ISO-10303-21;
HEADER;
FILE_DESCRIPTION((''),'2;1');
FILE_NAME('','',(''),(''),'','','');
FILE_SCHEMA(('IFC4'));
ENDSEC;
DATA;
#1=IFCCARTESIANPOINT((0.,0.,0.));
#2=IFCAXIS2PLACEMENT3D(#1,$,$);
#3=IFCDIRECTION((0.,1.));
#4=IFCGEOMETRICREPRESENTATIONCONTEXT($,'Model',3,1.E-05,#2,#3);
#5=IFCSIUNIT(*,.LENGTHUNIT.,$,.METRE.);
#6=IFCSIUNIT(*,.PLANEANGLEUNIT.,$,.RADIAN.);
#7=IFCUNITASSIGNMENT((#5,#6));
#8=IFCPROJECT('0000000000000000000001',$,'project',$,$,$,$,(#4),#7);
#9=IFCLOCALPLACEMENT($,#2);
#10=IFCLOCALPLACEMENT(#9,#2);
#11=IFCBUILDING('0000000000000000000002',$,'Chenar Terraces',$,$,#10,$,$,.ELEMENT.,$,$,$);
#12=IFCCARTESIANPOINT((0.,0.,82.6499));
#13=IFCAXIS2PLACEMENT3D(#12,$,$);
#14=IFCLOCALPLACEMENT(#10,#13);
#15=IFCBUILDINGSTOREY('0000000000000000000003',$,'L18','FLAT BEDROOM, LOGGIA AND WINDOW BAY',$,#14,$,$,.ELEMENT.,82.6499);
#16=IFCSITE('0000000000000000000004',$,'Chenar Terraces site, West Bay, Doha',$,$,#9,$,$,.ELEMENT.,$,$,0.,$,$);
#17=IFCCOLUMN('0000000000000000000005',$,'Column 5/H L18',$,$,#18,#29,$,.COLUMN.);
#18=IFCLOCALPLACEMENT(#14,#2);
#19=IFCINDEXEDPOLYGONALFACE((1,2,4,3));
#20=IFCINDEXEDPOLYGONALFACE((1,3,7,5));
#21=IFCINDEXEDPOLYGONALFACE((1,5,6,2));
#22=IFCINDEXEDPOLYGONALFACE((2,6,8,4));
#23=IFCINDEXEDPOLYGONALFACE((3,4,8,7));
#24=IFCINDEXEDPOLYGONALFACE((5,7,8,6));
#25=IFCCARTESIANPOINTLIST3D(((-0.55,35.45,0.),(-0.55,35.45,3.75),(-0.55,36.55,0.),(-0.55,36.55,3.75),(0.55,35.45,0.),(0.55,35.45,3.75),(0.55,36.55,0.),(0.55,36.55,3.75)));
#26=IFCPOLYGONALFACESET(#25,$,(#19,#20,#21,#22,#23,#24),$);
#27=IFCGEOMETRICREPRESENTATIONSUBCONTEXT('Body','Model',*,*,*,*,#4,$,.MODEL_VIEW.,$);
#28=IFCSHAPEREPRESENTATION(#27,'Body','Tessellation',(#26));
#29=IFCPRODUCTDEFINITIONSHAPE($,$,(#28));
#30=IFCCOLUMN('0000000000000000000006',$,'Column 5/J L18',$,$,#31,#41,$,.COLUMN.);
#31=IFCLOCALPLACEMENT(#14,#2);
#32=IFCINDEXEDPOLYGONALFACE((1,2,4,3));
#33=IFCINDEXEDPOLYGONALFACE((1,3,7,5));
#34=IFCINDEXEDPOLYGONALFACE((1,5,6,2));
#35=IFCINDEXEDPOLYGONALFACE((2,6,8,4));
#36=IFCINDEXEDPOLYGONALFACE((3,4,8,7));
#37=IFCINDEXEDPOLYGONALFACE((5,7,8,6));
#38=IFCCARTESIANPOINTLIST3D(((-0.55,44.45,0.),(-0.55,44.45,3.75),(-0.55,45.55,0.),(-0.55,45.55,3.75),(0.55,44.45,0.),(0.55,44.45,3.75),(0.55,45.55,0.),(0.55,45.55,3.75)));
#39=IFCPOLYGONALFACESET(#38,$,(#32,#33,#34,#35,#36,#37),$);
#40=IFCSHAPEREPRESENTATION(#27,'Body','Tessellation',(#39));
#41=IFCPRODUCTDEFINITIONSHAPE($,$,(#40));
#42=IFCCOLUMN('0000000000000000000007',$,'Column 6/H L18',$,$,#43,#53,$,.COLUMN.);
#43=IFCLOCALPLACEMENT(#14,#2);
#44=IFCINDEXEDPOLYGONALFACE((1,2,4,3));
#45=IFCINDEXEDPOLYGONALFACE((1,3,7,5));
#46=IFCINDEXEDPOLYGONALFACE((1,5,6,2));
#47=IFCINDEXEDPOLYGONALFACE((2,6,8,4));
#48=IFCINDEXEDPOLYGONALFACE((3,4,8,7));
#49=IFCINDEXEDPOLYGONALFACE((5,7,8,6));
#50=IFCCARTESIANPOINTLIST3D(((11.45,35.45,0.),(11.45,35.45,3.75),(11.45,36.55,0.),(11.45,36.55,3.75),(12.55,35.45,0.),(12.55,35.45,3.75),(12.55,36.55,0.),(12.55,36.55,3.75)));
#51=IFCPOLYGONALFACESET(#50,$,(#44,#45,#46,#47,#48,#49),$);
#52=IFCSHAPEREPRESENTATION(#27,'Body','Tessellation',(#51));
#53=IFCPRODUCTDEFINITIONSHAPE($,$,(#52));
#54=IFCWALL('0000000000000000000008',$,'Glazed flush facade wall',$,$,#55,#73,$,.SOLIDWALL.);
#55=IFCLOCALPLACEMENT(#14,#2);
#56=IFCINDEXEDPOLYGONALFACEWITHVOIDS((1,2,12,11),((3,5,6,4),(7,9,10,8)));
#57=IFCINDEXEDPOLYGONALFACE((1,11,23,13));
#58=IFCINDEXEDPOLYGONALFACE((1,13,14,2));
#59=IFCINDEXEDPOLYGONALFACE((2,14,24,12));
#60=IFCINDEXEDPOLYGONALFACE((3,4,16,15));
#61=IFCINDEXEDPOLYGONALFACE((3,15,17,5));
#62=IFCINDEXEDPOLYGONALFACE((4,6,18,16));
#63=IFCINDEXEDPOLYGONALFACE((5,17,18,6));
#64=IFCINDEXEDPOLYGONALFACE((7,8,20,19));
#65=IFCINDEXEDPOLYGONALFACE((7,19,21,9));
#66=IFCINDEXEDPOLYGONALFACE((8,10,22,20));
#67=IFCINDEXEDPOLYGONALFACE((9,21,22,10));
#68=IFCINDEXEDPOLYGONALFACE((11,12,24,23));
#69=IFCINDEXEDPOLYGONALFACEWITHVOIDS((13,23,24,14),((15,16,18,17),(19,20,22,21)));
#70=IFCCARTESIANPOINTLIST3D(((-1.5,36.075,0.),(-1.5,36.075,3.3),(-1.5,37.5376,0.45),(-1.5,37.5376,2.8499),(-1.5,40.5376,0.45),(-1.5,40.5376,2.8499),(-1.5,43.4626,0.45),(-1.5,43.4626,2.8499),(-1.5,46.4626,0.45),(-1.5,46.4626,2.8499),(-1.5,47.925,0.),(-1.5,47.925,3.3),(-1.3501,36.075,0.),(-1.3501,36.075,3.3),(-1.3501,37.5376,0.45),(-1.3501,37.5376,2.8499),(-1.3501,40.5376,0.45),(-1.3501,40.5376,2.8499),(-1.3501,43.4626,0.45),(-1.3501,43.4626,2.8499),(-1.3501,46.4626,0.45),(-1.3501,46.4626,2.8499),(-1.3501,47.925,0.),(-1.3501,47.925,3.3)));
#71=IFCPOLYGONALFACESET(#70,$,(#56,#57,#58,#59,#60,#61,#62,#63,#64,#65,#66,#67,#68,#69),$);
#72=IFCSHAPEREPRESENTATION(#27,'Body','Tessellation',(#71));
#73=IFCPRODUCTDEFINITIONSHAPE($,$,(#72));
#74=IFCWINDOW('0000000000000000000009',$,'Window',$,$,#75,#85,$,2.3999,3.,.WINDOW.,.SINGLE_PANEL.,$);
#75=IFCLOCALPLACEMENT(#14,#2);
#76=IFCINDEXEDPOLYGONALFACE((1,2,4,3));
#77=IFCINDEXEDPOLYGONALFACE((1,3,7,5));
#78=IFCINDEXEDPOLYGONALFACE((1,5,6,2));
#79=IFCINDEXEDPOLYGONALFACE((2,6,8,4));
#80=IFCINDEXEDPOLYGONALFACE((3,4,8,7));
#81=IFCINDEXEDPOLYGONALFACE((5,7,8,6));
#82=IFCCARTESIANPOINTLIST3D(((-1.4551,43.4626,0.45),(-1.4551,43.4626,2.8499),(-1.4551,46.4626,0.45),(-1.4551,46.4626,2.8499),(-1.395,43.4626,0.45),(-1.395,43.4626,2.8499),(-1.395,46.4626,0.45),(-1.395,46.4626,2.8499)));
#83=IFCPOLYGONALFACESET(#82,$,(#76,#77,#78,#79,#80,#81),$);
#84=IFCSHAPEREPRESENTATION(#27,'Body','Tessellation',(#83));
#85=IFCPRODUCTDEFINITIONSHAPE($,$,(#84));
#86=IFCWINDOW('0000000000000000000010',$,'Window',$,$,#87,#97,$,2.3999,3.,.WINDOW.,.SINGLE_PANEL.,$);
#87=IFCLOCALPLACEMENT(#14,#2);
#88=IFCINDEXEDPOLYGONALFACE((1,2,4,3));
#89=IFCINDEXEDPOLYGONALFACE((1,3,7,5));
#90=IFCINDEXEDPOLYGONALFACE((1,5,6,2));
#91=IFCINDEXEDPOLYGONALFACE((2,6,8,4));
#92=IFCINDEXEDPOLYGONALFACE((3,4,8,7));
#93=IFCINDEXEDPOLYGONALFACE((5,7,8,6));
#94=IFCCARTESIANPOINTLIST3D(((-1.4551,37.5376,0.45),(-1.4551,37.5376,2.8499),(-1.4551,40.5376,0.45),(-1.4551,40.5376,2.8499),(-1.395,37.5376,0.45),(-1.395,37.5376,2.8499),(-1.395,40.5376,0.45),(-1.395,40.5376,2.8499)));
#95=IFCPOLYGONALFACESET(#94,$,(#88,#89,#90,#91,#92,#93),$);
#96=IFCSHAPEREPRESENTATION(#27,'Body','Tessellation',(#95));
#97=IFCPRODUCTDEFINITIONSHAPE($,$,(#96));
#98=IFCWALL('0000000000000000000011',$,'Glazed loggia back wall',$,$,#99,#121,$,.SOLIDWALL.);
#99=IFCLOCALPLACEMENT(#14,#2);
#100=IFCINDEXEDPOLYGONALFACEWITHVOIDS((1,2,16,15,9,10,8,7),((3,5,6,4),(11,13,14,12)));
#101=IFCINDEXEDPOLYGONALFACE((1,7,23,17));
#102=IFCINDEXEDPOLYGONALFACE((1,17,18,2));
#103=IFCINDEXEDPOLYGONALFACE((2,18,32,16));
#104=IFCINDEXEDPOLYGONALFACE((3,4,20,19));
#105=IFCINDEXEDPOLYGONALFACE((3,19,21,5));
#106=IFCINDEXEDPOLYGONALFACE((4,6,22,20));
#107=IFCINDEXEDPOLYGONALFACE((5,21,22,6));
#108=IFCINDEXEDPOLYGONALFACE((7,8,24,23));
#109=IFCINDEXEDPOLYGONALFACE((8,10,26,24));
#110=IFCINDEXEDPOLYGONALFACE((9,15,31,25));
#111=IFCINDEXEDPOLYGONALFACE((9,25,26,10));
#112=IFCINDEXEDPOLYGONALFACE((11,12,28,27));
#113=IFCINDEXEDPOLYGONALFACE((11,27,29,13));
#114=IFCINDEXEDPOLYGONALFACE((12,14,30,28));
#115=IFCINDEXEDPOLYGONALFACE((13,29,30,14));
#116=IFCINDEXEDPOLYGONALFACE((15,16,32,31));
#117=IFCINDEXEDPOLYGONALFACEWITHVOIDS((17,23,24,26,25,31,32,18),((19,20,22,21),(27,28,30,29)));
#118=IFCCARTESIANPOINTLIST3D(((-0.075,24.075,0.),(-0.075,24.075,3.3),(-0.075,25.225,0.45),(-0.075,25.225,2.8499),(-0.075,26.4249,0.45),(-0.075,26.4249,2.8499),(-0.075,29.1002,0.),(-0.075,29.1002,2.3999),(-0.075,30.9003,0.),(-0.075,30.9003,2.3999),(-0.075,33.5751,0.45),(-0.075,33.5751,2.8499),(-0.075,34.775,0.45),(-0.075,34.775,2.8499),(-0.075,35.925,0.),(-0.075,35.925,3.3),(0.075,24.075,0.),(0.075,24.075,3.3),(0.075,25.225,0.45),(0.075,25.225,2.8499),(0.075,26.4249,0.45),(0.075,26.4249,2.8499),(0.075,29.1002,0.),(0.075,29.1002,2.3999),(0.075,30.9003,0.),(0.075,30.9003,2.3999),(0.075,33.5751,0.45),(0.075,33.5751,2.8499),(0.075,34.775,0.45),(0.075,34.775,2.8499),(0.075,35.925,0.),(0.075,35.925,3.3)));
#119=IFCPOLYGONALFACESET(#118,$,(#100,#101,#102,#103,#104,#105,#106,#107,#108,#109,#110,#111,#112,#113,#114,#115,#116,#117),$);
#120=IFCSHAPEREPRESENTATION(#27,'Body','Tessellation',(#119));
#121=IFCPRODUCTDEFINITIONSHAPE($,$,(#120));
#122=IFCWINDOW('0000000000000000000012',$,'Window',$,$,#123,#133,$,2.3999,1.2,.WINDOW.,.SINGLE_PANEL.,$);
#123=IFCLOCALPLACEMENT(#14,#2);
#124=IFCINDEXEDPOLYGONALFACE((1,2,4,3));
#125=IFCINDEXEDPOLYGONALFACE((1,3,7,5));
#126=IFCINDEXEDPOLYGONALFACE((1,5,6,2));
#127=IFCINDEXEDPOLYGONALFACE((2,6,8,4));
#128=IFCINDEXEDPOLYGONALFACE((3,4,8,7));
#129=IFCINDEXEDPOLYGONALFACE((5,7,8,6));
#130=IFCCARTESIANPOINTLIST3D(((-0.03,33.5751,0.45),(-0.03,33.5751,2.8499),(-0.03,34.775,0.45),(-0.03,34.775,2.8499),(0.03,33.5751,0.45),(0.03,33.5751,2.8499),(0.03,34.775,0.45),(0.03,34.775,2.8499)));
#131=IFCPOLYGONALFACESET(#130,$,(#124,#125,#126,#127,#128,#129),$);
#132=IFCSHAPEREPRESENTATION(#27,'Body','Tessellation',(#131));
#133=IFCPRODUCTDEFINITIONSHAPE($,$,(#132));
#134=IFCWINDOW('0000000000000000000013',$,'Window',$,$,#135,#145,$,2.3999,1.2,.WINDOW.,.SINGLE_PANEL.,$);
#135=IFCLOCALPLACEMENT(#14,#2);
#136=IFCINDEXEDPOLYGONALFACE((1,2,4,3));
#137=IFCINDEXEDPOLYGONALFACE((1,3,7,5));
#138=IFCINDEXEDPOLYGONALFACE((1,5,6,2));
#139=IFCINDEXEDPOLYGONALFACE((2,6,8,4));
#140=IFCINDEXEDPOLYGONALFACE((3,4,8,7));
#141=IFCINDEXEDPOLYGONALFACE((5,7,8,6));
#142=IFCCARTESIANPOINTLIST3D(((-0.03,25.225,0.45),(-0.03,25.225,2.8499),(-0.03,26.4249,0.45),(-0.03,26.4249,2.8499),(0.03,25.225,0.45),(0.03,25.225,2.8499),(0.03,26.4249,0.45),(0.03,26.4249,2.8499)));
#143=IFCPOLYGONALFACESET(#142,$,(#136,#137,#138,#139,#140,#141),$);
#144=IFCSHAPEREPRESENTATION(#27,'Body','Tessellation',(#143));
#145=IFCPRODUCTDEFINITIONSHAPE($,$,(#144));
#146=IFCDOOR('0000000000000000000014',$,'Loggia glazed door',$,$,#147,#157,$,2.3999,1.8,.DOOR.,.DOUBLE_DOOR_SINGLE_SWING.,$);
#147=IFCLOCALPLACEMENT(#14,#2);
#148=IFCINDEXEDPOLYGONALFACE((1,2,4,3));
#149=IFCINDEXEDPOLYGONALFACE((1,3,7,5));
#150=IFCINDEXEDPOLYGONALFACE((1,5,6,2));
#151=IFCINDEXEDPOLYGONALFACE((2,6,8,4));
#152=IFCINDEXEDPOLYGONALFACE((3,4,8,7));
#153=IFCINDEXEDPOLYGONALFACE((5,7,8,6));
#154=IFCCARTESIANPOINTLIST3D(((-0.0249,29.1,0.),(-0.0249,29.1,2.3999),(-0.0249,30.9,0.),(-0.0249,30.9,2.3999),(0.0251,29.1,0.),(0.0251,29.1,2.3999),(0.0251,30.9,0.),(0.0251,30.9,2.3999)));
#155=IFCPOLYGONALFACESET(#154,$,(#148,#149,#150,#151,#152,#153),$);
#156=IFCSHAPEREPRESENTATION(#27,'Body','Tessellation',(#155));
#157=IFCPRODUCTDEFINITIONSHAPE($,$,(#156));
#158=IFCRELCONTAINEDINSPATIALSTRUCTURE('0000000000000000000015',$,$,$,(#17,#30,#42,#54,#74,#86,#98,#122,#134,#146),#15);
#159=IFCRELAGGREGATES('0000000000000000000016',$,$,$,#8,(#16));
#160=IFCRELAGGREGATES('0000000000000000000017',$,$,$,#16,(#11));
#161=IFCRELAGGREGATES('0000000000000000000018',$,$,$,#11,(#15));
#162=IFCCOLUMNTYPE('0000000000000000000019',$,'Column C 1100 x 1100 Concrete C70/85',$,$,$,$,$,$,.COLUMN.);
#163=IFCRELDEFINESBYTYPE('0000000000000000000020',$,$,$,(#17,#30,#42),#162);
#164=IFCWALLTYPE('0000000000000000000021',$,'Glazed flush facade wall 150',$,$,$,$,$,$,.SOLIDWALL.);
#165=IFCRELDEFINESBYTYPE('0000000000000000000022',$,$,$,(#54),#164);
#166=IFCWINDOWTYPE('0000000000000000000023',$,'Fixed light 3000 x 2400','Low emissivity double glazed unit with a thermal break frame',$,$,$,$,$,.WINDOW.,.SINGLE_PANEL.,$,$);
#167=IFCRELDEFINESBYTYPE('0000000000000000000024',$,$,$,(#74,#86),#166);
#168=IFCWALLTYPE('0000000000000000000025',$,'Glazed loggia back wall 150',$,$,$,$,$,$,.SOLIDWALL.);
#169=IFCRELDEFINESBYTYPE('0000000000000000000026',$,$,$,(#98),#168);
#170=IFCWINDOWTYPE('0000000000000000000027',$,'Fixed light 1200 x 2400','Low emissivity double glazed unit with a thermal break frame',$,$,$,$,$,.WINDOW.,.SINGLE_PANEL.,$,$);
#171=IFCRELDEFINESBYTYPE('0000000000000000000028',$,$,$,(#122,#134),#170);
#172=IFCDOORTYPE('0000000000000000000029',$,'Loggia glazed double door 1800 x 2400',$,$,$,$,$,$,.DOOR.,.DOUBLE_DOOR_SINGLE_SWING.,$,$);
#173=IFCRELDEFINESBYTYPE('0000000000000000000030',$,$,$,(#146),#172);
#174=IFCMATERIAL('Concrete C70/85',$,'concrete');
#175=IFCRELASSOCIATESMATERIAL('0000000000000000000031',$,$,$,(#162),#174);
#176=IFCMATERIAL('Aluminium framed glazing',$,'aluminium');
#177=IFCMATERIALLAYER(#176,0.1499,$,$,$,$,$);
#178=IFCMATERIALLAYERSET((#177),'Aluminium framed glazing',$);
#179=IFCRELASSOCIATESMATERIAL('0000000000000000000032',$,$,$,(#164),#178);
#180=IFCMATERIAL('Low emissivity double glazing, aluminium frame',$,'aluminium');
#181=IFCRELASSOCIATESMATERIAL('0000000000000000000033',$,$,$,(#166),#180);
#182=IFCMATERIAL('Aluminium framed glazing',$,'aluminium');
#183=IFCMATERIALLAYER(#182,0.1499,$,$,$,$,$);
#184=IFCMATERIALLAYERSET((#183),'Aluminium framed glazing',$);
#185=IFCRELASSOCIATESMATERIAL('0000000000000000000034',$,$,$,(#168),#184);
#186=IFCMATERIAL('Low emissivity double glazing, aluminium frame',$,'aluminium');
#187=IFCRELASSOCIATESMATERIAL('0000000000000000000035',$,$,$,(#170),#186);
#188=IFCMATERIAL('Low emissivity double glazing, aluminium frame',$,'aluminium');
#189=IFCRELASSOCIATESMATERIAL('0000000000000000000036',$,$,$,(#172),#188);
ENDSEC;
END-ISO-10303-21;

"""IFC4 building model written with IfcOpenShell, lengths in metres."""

from ifc_helpers import new_model, si_unit, direction, frame, frame_2d, origin, origin_2d, place, context, subcontext, project, spatial, rectangle, extrude, material, layer, layer_set, material_profile, profile_set, type_object, element, fill, save


model = new_model("IFC4")

# Units and contexts
model_context = context("Model", 3, precision=1e-05, world=origin(), true_north=direction((0.0, 1.0)))
body_context = subcontext(model_context, "Body", "Model", "MODEL_VIEW")
ifc_project = project(units=[si_unit("LENGTHUNIT", "METRE"), si_unit("PLANEANGLEUNIT", "RADIAN")], contexts=[model_context])

# Site, building, storey
site_placement = place(None, origin())
site = spatial("IfcSite", under=ifc_project, at=site_placement, Name="Chenar Terraces site, West Bay, Doha", CompositionType="ELEMENT", RefElevation=0.0)
building_placement = place(site_placement, origin())
building = spatial("IfcBuilding", under=site, at=building_placement, Name="Chenar Terraces", CompositionType="ELEMENT")
storey_placement = place(building_placement, frame((0.0, 0.0, 82.6499)))
storey = spatial("IfcBuildingStorey", under=building, at=storey_placement, Name="L18", Description="FLAT BEDROOM, LOGGIA AND WINDOW BAY", CompositionType="ELEMENT", Elevation=82.6499)

# Columns
ifc_material_1 = material(Name="Concrete C70/85", Category="concrete")
ifc_material_profile = material_profile(ifc_material_1, rectangle(XDim=1.1001, YDim=1.1001, at=origin_2d()), Name="C 1100 x 1100")
ifc_profile_set = profile_set([ifc_material_profile], Name="Concrete C70/85")
column_type = type_object("IfcColumnType", Name="Column C 1100 x 1100 Concrete C70/85", PredefinedType="COLUMN", material=ifc_profile_set)
placement = place(storey_placement, frame((0.0, 36.0, 0.0), z_axis=(0.0, 0.0, 1.0), x_axis=(1.0, 0.0, 0.0)))
element("IfcColumn", 1, at=placement, inside=storey, type_object=column_type, Name="Column 5/H L18", PredefinedType="COLUMN", context=body_context, shape_type="SweptSolid", body=[
    extrude(rectangle(XDim=1.1001, YDim=1.1001, at=origin_2d()), origin(), (0.0, 0.0, 1.0), 3.75),
])
for number, where, z_axis, x_axis, name in (
    (2, (0.0, 45.0, 0.0), (0.0, 0.0, 1.0), (1.0, 0.0, 0.0), "Column 5/J L18"),
    (3, (12.0, 36.0, 0.0), (0.0, 0.0, 1.0), (1.0, 0.0, 0.0), "Column 6/H L18"),
):
    element("IfcColumn", number, at=place(storey_placement, frame(where, z_axis=z_axis, x_axis=x_axis)), inside=storey, type_object=column_type, Name=name, PredefinedType="COLUMN", context=body_context, shape_type="SweptSolid", body=[
        extrude(rectangle(XDim=1.1001, YDim=1.1001, at=origin_2d()), origin(), (0.0, 0.0, 1.0), 3.75),
    ])

# Wall, openings, windows
ifc_material_2 = material(Name="Aluminium framed glazing", Category="aluminium")
ifc_layer_1 = layer(ifc_material_2, 0.1499)
ifc_layer_set_1 = layer_set([ifc_layer_1], Name="Aluminium framed glazing")
wall_type_1 = type_object("IfcWallType", Name="Glazed flush facade wall 150", PredefinedType="SOLIDWALL", material=ifc_layer_set_1)
wall_1_placement = place(storey_placement, frame((-1.425, 47.925, 0.0), z_axis=(0.0, 0.0, 1.0), x_axis=(0.0, -1.0, 0.0)))
wall_1 = element("IfcWall", 4, at=wall_1_placement, inside=storey, type_object=wall_type_1, Name="Glazed flush facade wall", PredefinedType="SOLIDWALL", context=body_context, shape_type="SweptSolid", body=[
    extrude(rectangle(XDim=11.8501, YDim=0.1499, at=frame_2d((5.925, 0.0))), origin(), (0.0, 0.0, 1.0), 3.3),
])
opening_1_placement = place(wall_1_placement, frame((1.4624, 0.0, 0.45)))
opening_1 = element("IfcOpeningElement", 5, at=opening_1_placement, cuts=wall_1, PredefinedType="OPENING", context=body_context, shape_type="SweptSolid", body=[
    extrude(rectangle(XDim=3.0, YDim=2.3999, at=frame_2d((1.5, 1.2))), frame((0.0, 0.085, 0.0), z_axis=(0.0, -1.0, 0.0), x_axis=(1.0, 0.0, 0.0)), (0.0, 0.0, 1.0), 0.1699),
])
opening_2_placement = place(wall_1_placement, frame((7.3875, 0.0, 0.45)))
opening_2 = element("IfcOpeningElement", 6, at=opening_2_placement, cuts=wall_1, PredefinedType="OPENING", context=body_context, shape_type="SweptSolid", body=[
    extrude(rectangle(XDim=3.0, YDim=2.3999, at=frame_2d((1.5, 1.2))), frame((0.0, 0.085, 0.0), z_axis=(0.0, -1.0, 0.0), x_axis=(1.0, 0.0, 0.0)), (0.0, 0.0, 1.0), 0.1699),
])
ifc_material_3 = material(Name="Low emissivity double glazing, aluminium frame", Category="aluminium")
window_type_1 = type_object("IfcWindowType", Name="Fixed light 3000 x 2400", Description="Low emissivity double glazed unit with a thermal break frame", PartitioningType="SINGLE_PANEL", PredefinedType="WINDOW", material=ifc_material_3)
window_1_placement = place(opening_1_placement, origin())
window_1 = element("IfcWindow", 7, at=window_1_placement, inside=storey, type_object=window_type_1, Name="Window", OverallHeight=2.3999, OverallWidth=3.0, PartitioningType="SINGLE_PANEL", PredefinedType="WINDOW", context=body_context, shape_type="SweptSolid", body=[
    extrude(rectangle(XDim=3.0, YDim=2.3999, at=frame_2d((1.5, 1.2))), frame((0.0, 0.03, 0.0), z_axis=(0.0, -1.0, 0.0), x_axis=(1.0, 0.0, 0.0)), (0.0, 0.0, 1.0), 0.0601),
])
fill(opening_1, window_1)
window_2_placement = place(opening_2_placement, origin())
window_2 = element("IfcWindow", 8, at=window_2_placement, inside=storey, type_object=window_type_1, Name="Window", OverallHeight=2.3999, OverallWidth=3.0, PartitioningType="SINGLE_PANEL", PredefinedType="WINDOW", context=body_context, shape_type="SweptSolid", body=[
    extrude(rectangle(XDim=3.0, YDim=2.3999, at=frame_2d((1.5, 1.2))), frame((0.0, 0.03, 0.0), z_axis=(0.0, -1.0, 0.0), x_axis=(1.0, 0.0, 0.0)), (0.0, 0.0, 1.0), 0.0601),
])
fill(opening_2, window_2)

# Wall, openings, windows, door
ifc_material_4 = material(Name="Aluminium framed glazing", Category="aluminium")
ifc_layer_2 = layer(ifc_material_4, 0.1499)
ifc_layer_set_2 = layer_set([ifc_layer_2], Name="Aluminium framed glazing")
wall_type_2 = type_object("IfcWallType", Name="Glazed loggia back wall 150", PredefinedType="SOLIDWALL", material=ifc_layer_set_2)
wall_2_placement = place(storey_placement, frame((0.0, 35.925, 0.0), z_axis=(0.0, 0.0, 1.0), x_axis=(0.0, -1.0, 0.0)))
wall_2 = element("IfcWall", 9, at=wall_2_placement, inside=storey, type_object=wall_type_2, Name="Glazed loggia back wall", PredefinedType="SOLIDWALL", context=body_context, shape_type="SweptSolid", body=[
    extrude(rectangle(XDim=11.8501, YDim=0.1499, at=frame_2d((5.925, 0.0))), origin(), (0.0, 0.0, 1.0), 3.3),
])
opening_3_placement = place(wall_2_placement, frame((1.1499, 0.0, 0.45)))
opening_3 = element("IfcOpeningElement", 10, at=opening_3_placement, cuts=wall_2, PredefinedType="OPENING", context=body_context, shape_type="SweptSolid", body=[
    extrude(rectangle(XDim=1.2, YDim=2.3999, at=frame_2d((0.6001, 1.2))), frame((0.0, 0.085, 0.0), z_axis=(0.0, -1.0, 0.0), x_axis=(1.0, 0.0, 0.0)), (0.0, 0.0, 1.0), 0.1699),
])
opening_4_placement = place(wall_2_placement, frame((5.0249, 0.0, 0.0)))
opening_4 = element("IfcOpeningElement", 11, at=opening_4_placement, cuts=wall_2, PredefinedType="OPENING", context=body_context, shape_type="SweptSolid", body=[
    extrude(rectangle(XDim=1.8, YDim=2.3999, at=frame_2d((0.8999, 1.2))), frame((0.0, 0.085, 0.0), z_axis=(0.0, -1.0, 0.0), x_axis=(1.0, 0.0, 0.0)), (0.0, 0.0, 1.0), 0.1699),
])
opening_5_placement = place(wall_2_placement, frame((9.5, 0.0, 0.45)))
opening_5 = element("IfcOpeningElement", 12, at=opening_5_placement, cuts=wall_2, PredefinedType="OPENING", context=body_context, shape_type="SweptSolid", body=[
    extrude(rectangle(XDim=1.2, YDim=2.3999, at=frame_2d((0.6001, 1.2))), frame((0.0, 0.085, 0.0), z_axis=(0.0, -1.0, 0.0), x_axis=(1.0, 0.0, 0.0)), (0.0, 0.0, 1.0), 0.1699),
])
ifc_material_5 = material(Name="Low emissivity double glazing, aluminium frame", Category="aluminium")
window_type_2 = type_object("IfcWindowType", Name="Fixed light 1200 x 2400", Description="Low emissivity double glazed unit with a thermal break frame", PartitioningType="SINGLE_PANEL", PredefinedType="WINDOW", material=ifc_material_5)
window_3_placement = place(opening_3_placement, origin())
window_3 = element("IfcWindow", 13, at=window_3_placement, inside=storey, type_object=window_type_2, Name="Window", OverallHeight=2.3999, OverallWidth=1.2, PartitioningType="SINGLE_PANEL", PredefinedType="WINDOW", context=body_context, shape_type="SweptSolid", body=[
    extrude(rectangle(XDim=1.2, YDim=2.3999, at=frame_2d((0.6001, 1.2))), frame((0.0, 0.03, 0.0), z_axis=(0.0, -1.0, 0.0), x_axis=(1.0, 0.0, 0.0)), (0.0, 0.0, 1.0), 0.0601),
])
fill(opening_3, window_3)
window_4_placement = place(opening_5_placement, origin())
window_4 = element("IfcWindow", 14, at=window_4_placement, inside=storey, type_object=window_type_2, Name="Window", OverallHeight=2.3999, OverallWidth=1.2, PartitioningType="SINGLE_PANEL", PredefinedType="WINDOW", context=body_context, shape_type="SweptSolid", body=[
    extrude(rectangle(XDim=1.2, YDim=2.3999, at=frame_2d((0.6001, 1.2))), frame((0.0, 0.03, 0.0), z_axis=(0.0, -1.0, 0.0), x_axis=(1.0, 0.0, 0.0)), (0.0, 0.0, 1.0), 0.0601),
])
fill(opening_5, window_4)
ifc_material_6 = material(Name="Low emissivity double glazing, aluminium frame", Category="aluminium")
door_type_1 = type_object("IfcDoorType", Name="Loggia glazed double door 1800 x 2400", OperationType="DOUBLE_DOOR_SINGLE_SWING", PredefinedType="DOOR", material=ifc_material_6)
door_1_placement = place(opening_4_placement, frame((1.8, 0.0, 0.0), z_axis=(0.0, 0.0, 1.0), x_axis=(-1.0, 0.0, 0.0)))
door_1 = element("IfcDoor", 15, at=door_1_placement, inside=storey, type_object=door_type_1, Name="Loggia glazed door", OperationType="DOUBLE_DOOR_SINGLE_SWING", OverallHeight=2.3999, OverallWidth=1.8, PredefinedType="DOOR", context=body_context, shape_type="SweptSolid", body=[
    extrude(rectangle(XDim=1.8, YDim=2.3999, at=frame_2d((0.8999, 1.2))), frame((0.0, 0.0249, 0.0), z_axis=(0.0, -1.0, 0.0), x_axis=(1.0, 0.0, 0.0)), (0.0, 0.0, 1.0), 0.05),
])
fill(opening_4, door_1)

save(model, "model.ifc")
